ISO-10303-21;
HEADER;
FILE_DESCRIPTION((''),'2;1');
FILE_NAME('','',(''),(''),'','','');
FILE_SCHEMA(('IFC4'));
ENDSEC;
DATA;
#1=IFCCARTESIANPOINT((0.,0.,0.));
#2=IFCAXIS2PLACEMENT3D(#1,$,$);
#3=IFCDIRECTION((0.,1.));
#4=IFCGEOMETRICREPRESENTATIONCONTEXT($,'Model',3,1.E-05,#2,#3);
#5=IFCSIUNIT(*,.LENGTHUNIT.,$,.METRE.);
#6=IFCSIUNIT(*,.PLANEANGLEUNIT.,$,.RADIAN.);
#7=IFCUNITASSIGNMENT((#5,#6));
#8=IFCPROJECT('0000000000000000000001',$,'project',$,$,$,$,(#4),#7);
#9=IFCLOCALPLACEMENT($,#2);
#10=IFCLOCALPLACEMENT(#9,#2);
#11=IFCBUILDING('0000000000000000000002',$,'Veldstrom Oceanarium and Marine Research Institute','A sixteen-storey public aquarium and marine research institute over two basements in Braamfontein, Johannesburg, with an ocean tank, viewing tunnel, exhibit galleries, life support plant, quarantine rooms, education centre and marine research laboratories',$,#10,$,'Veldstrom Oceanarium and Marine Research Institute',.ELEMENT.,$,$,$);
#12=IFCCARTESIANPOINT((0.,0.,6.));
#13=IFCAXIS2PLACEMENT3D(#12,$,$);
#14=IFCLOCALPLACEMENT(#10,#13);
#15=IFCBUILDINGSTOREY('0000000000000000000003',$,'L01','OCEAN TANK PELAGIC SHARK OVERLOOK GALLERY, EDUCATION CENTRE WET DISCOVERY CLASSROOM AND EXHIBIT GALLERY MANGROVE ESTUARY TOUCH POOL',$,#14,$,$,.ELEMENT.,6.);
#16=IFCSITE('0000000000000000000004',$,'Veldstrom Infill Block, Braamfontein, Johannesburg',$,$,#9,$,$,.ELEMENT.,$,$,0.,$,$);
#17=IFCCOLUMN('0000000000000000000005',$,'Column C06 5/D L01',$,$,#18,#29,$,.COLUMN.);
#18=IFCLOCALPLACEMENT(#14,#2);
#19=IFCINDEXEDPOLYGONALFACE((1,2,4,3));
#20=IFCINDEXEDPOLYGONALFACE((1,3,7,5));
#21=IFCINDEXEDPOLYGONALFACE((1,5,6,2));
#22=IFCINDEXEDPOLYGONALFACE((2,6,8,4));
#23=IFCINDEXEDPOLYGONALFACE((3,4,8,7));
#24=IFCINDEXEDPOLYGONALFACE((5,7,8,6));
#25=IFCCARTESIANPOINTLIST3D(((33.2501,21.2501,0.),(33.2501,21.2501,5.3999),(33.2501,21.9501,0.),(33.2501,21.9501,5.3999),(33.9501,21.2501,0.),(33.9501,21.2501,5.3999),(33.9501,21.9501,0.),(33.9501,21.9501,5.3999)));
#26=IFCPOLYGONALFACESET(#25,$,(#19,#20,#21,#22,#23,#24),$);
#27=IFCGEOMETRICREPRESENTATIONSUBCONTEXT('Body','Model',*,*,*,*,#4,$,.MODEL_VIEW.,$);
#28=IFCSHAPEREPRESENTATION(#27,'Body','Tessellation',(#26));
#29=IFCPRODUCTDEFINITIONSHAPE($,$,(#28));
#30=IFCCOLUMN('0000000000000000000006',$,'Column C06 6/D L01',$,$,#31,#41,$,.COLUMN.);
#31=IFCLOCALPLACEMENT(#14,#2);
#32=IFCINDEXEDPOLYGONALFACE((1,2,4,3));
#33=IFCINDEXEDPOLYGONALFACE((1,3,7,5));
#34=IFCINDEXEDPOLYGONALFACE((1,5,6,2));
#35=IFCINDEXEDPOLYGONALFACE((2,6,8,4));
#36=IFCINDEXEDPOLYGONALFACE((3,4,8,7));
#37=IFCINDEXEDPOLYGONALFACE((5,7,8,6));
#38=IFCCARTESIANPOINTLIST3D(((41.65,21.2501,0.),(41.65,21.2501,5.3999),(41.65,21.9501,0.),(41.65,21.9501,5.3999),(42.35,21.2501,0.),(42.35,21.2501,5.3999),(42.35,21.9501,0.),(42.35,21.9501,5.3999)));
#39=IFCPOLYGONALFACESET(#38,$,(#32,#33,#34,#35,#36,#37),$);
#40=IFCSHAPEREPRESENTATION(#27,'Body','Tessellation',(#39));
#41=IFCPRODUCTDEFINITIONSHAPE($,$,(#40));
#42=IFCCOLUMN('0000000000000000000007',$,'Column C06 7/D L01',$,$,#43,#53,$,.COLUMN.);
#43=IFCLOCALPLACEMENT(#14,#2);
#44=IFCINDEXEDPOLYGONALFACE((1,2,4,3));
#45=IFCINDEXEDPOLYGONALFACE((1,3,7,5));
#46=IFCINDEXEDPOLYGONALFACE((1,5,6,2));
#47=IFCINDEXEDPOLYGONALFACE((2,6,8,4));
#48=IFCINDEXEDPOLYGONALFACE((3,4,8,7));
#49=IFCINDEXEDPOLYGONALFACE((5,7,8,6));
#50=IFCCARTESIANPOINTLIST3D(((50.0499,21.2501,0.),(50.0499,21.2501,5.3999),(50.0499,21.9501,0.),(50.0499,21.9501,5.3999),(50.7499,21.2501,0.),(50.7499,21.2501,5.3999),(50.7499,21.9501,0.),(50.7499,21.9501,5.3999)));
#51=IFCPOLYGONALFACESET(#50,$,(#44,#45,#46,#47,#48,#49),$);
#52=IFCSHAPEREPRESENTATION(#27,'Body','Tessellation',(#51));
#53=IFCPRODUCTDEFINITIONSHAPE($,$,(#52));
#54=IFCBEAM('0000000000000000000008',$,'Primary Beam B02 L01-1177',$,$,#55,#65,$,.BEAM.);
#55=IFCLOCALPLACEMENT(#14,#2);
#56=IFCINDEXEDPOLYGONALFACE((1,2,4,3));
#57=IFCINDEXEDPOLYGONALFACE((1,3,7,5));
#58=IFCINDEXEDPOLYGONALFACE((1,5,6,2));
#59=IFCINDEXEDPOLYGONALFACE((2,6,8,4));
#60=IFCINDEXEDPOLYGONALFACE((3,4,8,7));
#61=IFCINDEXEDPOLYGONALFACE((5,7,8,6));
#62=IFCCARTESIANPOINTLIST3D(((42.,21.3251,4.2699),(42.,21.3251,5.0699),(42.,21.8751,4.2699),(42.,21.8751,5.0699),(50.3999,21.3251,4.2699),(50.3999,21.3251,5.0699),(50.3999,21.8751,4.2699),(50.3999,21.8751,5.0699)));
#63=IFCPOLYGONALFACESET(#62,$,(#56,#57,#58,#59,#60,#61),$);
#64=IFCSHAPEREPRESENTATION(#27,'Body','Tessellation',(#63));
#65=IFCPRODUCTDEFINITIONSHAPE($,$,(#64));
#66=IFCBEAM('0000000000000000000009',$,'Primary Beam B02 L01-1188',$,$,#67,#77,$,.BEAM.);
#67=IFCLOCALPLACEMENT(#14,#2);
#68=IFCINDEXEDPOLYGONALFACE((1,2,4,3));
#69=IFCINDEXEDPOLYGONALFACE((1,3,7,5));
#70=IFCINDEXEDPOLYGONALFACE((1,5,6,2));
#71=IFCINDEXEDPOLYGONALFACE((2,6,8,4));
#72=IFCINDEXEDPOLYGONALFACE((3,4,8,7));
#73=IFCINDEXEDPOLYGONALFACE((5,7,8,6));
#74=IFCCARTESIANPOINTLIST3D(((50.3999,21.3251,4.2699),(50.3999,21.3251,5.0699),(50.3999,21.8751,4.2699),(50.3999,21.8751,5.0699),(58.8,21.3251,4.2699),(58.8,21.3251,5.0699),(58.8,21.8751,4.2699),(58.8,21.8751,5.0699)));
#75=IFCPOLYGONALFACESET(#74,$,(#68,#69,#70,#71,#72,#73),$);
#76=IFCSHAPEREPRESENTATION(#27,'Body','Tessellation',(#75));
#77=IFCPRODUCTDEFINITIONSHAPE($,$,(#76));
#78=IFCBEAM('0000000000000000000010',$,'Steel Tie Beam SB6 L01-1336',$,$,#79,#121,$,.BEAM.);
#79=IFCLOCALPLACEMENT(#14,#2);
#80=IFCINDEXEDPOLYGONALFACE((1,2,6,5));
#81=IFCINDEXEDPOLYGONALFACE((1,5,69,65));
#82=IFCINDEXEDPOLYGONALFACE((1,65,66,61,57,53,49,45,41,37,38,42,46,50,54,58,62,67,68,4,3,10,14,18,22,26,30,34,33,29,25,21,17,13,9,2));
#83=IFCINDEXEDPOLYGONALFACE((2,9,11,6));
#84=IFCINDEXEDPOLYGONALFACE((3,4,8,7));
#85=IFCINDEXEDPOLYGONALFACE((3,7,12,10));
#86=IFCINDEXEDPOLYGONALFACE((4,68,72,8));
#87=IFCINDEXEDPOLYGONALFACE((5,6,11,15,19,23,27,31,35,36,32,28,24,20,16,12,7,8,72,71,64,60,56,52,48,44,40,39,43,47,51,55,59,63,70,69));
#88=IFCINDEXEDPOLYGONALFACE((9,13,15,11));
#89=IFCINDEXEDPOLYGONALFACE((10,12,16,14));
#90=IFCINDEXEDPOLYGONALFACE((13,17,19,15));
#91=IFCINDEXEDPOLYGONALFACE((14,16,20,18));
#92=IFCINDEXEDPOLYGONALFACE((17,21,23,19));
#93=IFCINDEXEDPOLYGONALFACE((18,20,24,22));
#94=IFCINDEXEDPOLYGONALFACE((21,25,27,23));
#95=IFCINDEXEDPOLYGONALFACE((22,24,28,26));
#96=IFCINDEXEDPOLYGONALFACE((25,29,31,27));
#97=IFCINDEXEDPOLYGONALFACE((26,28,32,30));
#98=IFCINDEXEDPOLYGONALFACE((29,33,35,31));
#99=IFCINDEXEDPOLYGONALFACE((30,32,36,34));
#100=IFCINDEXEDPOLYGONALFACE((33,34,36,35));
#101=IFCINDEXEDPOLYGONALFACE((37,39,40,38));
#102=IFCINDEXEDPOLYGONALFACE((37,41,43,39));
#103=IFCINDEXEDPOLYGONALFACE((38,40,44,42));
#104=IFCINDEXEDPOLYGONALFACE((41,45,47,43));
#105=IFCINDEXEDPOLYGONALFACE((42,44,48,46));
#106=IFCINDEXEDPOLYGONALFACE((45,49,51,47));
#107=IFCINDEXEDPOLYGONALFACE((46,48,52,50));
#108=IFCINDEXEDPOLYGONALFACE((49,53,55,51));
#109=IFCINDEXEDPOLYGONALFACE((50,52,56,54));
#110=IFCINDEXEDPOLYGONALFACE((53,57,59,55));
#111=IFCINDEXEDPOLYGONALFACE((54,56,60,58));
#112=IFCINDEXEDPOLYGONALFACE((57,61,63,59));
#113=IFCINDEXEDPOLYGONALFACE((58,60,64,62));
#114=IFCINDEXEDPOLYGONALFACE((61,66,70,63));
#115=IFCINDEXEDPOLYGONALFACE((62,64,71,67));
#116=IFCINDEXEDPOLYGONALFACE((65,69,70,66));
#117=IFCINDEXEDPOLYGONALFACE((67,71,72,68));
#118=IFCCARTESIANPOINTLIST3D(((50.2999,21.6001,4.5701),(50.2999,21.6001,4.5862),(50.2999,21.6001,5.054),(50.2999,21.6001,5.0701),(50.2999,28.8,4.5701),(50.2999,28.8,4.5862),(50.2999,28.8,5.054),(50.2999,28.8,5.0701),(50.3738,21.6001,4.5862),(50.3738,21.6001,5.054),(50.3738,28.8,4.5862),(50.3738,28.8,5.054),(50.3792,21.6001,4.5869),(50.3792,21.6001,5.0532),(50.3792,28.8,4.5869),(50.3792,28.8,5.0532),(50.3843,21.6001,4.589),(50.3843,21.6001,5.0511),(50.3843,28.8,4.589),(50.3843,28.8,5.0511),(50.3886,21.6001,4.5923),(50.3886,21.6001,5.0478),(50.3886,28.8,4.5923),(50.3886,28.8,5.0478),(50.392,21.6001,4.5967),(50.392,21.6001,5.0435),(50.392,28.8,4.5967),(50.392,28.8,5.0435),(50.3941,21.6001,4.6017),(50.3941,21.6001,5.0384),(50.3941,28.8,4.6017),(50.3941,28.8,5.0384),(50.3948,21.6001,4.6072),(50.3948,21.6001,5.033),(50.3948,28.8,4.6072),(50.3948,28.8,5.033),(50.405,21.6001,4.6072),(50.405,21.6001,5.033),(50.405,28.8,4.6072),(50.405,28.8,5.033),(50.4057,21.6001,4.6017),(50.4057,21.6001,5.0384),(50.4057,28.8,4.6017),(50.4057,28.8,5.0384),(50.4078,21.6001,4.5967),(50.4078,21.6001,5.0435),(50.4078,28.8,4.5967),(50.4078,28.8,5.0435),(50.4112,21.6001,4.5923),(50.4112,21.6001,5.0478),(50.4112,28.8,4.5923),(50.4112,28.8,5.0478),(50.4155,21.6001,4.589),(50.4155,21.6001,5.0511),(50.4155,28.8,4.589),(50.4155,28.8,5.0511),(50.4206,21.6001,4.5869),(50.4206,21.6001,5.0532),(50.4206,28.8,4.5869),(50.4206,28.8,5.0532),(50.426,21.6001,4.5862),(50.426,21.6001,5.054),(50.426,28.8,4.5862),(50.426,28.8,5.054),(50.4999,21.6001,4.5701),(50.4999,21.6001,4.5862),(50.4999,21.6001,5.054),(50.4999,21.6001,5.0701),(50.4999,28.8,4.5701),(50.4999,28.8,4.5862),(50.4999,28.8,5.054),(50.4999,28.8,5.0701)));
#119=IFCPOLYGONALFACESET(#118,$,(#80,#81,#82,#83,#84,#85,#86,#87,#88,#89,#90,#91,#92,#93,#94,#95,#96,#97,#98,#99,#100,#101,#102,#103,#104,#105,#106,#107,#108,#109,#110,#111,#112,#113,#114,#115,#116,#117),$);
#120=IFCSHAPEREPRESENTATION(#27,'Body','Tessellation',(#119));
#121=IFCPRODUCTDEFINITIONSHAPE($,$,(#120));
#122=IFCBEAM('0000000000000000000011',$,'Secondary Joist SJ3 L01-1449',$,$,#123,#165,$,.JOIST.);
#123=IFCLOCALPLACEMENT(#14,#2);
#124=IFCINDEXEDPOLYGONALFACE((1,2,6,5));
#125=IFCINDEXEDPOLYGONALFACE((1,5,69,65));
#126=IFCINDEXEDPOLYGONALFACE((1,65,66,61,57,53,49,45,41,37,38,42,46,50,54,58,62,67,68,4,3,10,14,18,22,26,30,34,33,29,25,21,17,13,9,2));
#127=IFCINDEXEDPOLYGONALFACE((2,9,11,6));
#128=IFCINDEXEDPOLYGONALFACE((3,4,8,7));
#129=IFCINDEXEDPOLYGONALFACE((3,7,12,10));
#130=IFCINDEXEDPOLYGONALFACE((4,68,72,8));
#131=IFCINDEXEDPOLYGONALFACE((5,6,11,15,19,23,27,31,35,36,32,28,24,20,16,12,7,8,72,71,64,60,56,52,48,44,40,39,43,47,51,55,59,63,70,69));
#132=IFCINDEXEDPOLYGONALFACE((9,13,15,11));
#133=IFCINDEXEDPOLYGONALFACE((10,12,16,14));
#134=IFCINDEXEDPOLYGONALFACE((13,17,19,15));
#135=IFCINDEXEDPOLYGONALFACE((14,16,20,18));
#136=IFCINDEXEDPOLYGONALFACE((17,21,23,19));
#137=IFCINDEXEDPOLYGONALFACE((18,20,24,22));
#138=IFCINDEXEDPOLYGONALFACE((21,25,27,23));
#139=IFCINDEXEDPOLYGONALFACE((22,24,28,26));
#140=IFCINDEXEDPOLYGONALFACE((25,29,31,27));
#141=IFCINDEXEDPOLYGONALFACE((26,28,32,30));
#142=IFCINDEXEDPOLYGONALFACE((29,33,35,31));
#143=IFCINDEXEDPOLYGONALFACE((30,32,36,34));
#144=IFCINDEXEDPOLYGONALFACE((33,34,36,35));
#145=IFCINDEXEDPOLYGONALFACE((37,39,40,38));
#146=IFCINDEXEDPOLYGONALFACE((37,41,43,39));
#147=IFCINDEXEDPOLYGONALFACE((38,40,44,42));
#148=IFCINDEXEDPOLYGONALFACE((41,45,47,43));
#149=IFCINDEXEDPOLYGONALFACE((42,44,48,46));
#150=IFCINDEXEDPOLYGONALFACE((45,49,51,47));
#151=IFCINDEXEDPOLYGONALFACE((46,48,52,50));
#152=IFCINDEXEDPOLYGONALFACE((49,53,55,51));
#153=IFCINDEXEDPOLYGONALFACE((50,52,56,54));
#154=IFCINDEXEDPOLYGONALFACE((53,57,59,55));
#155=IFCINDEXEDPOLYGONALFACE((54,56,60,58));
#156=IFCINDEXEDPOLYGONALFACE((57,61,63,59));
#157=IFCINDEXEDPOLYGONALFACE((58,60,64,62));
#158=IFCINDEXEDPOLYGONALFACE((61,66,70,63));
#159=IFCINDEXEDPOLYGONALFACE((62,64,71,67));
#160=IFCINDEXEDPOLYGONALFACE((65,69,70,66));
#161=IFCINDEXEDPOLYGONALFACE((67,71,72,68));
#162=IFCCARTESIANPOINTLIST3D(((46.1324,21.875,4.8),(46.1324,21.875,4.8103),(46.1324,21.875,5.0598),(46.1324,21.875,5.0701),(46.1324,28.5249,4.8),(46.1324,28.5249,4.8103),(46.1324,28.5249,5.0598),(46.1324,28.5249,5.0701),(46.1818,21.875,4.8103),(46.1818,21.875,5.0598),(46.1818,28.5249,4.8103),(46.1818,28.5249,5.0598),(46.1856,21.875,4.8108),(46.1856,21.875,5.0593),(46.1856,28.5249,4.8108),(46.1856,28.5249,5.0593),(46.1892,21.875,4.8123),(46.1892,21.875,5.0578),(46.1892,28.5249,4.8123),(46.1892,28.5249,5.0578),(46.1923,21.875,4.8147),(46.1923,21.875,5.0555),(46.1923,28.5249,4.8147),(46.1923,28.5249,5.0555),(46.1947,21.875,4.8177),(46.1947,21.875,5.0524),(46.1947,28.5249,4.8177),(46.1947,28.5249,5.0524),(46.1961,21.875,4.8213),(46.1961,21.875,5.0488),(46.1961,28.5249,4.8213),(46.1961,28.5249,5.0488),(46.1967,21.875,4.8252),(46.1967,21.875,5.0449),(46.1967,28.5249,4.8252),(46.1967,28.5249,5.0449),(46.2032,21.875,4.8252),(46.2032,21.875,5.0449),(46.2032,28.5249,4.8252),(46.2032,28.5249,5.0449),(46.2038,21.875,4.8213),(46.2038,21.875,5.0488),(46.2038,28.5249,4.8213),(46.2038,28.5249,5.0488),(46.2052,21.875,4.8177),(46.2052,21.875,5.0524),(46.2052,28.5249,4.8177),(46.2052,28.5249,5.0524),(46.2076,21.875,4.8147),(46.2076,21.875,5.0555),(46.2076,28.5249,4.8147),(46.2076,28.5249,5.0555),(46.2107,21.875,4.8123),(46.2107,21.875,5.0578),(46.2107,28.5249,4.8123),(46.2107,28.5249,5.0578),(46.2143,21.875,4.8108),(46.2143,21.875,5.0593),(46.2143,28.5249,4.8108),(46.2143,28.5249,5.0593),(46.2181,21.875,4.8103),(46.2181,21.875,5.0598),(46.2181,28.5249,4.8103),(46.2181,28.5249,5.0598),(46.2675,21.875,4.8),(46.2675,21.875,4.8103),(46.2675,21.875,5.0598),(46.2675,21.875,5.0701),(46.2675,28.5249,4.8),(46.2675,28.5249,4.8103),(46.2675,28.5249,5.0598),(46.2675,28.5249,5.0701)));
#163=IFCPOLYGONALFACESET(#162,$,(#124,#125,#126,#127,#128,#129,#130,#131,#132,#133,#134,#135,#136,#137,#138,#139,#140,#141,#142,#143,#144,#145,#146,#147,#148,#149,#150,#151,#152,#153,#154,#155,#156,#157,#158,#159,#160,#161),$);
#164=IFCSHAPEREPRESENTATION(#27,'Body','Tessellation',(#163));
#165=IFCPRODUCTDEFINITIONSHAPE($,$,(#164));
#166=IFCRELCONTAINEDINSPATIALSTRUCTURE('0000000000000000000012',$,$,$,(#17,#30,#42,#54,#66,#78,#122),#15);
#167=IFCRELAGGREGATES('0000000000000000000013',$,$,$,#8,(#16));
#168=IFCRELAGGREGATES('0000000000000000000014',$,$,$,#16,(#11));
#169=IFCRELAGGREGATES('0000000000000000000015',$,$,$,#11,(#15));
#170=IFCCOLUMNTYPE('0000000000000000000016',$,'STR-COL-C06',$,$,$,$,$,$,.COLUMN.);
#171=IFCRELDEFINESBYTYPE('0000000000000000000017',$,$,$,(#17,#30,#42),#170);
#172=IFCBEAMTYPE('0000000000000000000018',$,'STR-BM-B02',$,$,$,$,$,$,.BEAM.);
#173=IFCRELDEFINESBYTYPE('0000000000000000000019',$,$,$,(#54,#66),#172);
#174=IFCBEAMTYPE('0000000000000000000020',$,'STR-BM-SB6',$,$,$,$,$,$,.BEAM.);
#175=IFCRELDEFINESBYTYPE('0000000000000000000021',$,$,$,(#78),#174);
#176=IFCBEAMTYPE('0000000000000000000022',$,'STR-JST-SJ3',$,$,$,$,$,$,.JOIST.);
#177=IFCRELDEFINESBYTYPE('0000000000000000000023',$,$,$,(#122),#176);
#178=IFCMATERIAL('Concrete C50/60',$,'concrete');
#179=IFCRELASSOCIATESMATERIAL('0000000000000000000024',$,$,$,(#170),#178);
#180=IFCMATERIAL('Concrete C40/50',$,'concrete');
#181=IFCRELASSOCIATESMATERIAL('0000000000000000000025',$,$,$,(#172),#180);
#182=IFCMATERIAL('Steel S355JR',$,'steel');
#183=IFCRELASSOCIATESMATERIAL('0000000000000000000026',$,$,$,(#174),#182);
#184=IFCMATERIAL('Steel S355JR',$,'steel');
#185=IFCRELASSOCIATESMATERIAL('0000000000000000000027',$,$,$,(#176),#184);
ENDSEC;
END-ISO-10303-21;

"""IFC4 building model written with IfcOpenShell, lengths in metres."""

from ifc_helpers import new_model, si_unit, direction, frame, origin, origin_2d, place, context, subcontext, project, spatial, rectangle, i_section, extrude, material, material_profile, profile_set, type_object, element, save


model = new_model("IFC4")

# Units and contexts
model_context = context("Model", 3, precision=1e-05, world=origin(), true_north=direction((0.0, 1.0)))
body_context = subcontext(model_context, "Body", "Model", "MODEL_VIEW")
ifc_project = project(units=[si_unit("LENGTHUNIT", "METRE"), si_unit("PLANEANGLEUNIT", "RADIAN")], contexts=[model_context])

# Site, building, storey
site_placement = place(None, origin())
site = spatial("IfcSite", under=ifc_project, at=site_placement, Name="Veldstrom Infill Block, Braamfontein, Johannesburg", CompositionType="ELEMENT", RefElevation=0.0)
building_placement = place(site_placement, origin())
building = spatial("IfcBuilding", under=site, at=building_placement, Name="Veldstrom Oceanarium and Marine Research Institute", Description="A sixteen-storey public aquarium and marine research institute over two basements in Braamfontein, Johannesburg, with an ocean tank, viewing tunnel, exhibit galleries, life support plant, quarantine rooms, education centre and marine research laboratories", LongName="Veldstrom Oceanarium and Marine Research Institute", CompositionType="ELEMENT")
storey_placement = place(building_placement, frame((0.0, 0.0, 6.0)))
storey = spatial("IfcBuildingStorey", under=building, at=storey_placement, Name="L01", Description="OCEAN TANK PELAGIC SHARK OVERLOOK GALLERY, EDUCATION CENTRE WET DISCOVERY CLASSROOM AND EXHIBIT GALLERY MANGROVE ESTUARY TOUCH POOL", CompositionType="ELEMENT", Elevation=6.0)

# Columns
ifc_material_1 = material(Name="Concrete C50/60", Category="concrete")
ifc_material_profile_1 = material_profile(ifc_material_1, rectangle(XDim=0.7, YDim=0.7, at=origin_2d()), Name="RC-COL-700x700")
ifc_profile_set_1 = profile_set([ifc_material_profile_1], Name="Concrete C50/60")
column_type = type_object("IfcColumnType", Name="STR-COL-C06", PredefinedType="COLUMN", material=ifc_profile_set_1)
for number, where, z_axis, x_axis, name in (
    (1, (33.6001, 21.6001, 0.0), (0.0, 0.0, 1.0), (1.0, 0.0, 0.0), "Column C06 5/D L01"),
    (2, (42.0, 21.6001, 0.0), (0.0, 0.0, 1.0), (1.0, 0.0, 0.0), "Column C06 6/D L01"),
    (3, (50.3999, 21.6001, 0.0), (0.0, 0.0, 1.0), (1.0, 0.0, 0.0), "Column C06 7/D L01"),
):
    element("IfcColumn", number, at=place(storey_placement, frame(where, z_axis=z_axis, x_axis=x_axis)), inside=storey, type_object=column_type, Name=name, PredefinedType="COLUMN", context=body_context, shape_type="SweptSolid", body=[
        extrude(rectangle(XDim=0.7, YDim=0.7, at=origin_2d()), origin(), (0.0, 0.0, 1.0), 5.3999),
    ])

# Beams
ifc_material_2 = material(Name="Concrete C40/50", Category="concrete")
ifc_material_profile_2 = material_profile(ifc_material_2, rectangle(XDim=0.55, YDim=0.8, at=origin_2d()), Name="RC-BM-550x800")
ifc_profile_set_2 = profile_set([ifc_material_profile_2], Name="Concrete C40/50")
beam_type_1 = type_object("IfcBeamType", Name="STR-BM-B02", PredefinedType="BEAM", material=ifc_profile_set_2)
beam_1_placement = place(storey_placement, frame((42.0, 21.6001, 4.6699), z_axis=(1.0, 0.0, 0.0), x_axis=(0.0, 1.0, 0.0)))
element("IfcBeam", 4, at=beam_1_placement, inside=storey, type_object=beam_type_1, Name="Primary Beam B02 L01-1177", PredefinedType="BEAM", context=body_context, shape_type="SweptSolid", body=[
    extrude(rectangle(XDim=0.55, YDim=0.8, at=origin_2d()), origin(), (0.0, 0.0, 1.0), 8.3999),
])
beam_2_placement = place(storey_placement, frame((50.3999, 21.6001, 4.6699), z_axis=(1.0, 0.0, 0.0), x_axis=(0.0, 1.0, 0.0)))
element("IfcBeam", 5, at=beam_2_placement, inside=storey, type_object=beam_type_1, Name="Primary Beam B02 L01-1188", PredefinedType="BEAM", context=body_context, shape_type="SweptSolid", body=[
    extrude(rectangle(XDim=0.55, YDim=0.8, at=origin_2d()), origin(), (0.0, 0.0, 1.0), 8.4001),
])
ifc_material_3 = material(Name="Steel S355JR", Category="steel")
ifc_material_profile_3 = material_profile(ifc_material_3, i_section(OverallWidth=0.2, OverallDepth=0.5, WebThickness=0.0103, FlangeThickness=0.0161, FilletRadius=0.021, at=origin_2d()), Name="IPE 500")
ifc_profile_set_3 = profile_set([ifc_material_profile_3], Name="Steel S355JR")
beam_type_2 = type_object("IfcBeamType", Name="STR-BM-SB6", PredefinedType="BEAM", material=ifc_profile_set_3)
beam_3_placement = place(storey_placement, frame((50.3999, 21.6001, 4.8201), z_axis=(0.0, 1.0, 0.0), x_axis=(-1.0, 0.0, 0.0)))
element("IfcBeam", 6, at=beam_3_placement, inside=storey, type_object=beam_type_2, Name="Steel Tie Beam SB6 L01-1336", PredefinedType="BEAM", context=body_context, shape_type="SweptSolid", body=[
    extrude(i_section(OverallWidth=0.2, OverallDepth=0.5, WebThickness=0.0103, FlangeThickness=0.0161, FilletRadius=0.021, at=origin_2d()), origin(), (0.0, 0.0, 1.0), 7.2),
])
ifc_material_4 = material(Name="Steel S355JR", Category="steel")
ifc_material_profile_4 = material_profile(ifc_material_4, i_section(OverallWidth=0.135, OverallDepth=0.27, WebThickness=0.0066, FlangeThickness=0.0103, FilletRadius=0.0149, at=origin_2d()), Name="IPE 270")
ifc_profile_set_4 = profile_set([ifc_material_profile_4], Name="Steel S355JR")
beam_type_3 = type_object("IfcBeamType", Name="STR-JST-SJ3", PredefinedType="JOIST", material=ifc_profile_set_4)
for number, where, z_axis, x_axis, name in (
    (7, (46.2, 21.875, 4.9351), (0.0, 1.0, 0.0), (-1.0, 0.0, 0.0), "Secondary Joist SJ3 L01-1449"),
):
    element("IfcBeam", number, at=place(storey_placement, frame(where, z_axis=z_axis, x_axis=x_axis)), inside=storey, type_object=beam_type_3, Name=name, PredefinedType="JOIST", context=body_context, shape_type="SweptSolid", body=[
        extrude(i_section(OverallWidth=0.135, OverallDepth=0.27, WebThickness=0.0066, FlangeThickness=0.0103, FilletRadius=0.0149, at=origin_2d()), origin(), (0.0, 0.0, 1.0), 6.6499),
    ])

save(model, "model.ifc")
